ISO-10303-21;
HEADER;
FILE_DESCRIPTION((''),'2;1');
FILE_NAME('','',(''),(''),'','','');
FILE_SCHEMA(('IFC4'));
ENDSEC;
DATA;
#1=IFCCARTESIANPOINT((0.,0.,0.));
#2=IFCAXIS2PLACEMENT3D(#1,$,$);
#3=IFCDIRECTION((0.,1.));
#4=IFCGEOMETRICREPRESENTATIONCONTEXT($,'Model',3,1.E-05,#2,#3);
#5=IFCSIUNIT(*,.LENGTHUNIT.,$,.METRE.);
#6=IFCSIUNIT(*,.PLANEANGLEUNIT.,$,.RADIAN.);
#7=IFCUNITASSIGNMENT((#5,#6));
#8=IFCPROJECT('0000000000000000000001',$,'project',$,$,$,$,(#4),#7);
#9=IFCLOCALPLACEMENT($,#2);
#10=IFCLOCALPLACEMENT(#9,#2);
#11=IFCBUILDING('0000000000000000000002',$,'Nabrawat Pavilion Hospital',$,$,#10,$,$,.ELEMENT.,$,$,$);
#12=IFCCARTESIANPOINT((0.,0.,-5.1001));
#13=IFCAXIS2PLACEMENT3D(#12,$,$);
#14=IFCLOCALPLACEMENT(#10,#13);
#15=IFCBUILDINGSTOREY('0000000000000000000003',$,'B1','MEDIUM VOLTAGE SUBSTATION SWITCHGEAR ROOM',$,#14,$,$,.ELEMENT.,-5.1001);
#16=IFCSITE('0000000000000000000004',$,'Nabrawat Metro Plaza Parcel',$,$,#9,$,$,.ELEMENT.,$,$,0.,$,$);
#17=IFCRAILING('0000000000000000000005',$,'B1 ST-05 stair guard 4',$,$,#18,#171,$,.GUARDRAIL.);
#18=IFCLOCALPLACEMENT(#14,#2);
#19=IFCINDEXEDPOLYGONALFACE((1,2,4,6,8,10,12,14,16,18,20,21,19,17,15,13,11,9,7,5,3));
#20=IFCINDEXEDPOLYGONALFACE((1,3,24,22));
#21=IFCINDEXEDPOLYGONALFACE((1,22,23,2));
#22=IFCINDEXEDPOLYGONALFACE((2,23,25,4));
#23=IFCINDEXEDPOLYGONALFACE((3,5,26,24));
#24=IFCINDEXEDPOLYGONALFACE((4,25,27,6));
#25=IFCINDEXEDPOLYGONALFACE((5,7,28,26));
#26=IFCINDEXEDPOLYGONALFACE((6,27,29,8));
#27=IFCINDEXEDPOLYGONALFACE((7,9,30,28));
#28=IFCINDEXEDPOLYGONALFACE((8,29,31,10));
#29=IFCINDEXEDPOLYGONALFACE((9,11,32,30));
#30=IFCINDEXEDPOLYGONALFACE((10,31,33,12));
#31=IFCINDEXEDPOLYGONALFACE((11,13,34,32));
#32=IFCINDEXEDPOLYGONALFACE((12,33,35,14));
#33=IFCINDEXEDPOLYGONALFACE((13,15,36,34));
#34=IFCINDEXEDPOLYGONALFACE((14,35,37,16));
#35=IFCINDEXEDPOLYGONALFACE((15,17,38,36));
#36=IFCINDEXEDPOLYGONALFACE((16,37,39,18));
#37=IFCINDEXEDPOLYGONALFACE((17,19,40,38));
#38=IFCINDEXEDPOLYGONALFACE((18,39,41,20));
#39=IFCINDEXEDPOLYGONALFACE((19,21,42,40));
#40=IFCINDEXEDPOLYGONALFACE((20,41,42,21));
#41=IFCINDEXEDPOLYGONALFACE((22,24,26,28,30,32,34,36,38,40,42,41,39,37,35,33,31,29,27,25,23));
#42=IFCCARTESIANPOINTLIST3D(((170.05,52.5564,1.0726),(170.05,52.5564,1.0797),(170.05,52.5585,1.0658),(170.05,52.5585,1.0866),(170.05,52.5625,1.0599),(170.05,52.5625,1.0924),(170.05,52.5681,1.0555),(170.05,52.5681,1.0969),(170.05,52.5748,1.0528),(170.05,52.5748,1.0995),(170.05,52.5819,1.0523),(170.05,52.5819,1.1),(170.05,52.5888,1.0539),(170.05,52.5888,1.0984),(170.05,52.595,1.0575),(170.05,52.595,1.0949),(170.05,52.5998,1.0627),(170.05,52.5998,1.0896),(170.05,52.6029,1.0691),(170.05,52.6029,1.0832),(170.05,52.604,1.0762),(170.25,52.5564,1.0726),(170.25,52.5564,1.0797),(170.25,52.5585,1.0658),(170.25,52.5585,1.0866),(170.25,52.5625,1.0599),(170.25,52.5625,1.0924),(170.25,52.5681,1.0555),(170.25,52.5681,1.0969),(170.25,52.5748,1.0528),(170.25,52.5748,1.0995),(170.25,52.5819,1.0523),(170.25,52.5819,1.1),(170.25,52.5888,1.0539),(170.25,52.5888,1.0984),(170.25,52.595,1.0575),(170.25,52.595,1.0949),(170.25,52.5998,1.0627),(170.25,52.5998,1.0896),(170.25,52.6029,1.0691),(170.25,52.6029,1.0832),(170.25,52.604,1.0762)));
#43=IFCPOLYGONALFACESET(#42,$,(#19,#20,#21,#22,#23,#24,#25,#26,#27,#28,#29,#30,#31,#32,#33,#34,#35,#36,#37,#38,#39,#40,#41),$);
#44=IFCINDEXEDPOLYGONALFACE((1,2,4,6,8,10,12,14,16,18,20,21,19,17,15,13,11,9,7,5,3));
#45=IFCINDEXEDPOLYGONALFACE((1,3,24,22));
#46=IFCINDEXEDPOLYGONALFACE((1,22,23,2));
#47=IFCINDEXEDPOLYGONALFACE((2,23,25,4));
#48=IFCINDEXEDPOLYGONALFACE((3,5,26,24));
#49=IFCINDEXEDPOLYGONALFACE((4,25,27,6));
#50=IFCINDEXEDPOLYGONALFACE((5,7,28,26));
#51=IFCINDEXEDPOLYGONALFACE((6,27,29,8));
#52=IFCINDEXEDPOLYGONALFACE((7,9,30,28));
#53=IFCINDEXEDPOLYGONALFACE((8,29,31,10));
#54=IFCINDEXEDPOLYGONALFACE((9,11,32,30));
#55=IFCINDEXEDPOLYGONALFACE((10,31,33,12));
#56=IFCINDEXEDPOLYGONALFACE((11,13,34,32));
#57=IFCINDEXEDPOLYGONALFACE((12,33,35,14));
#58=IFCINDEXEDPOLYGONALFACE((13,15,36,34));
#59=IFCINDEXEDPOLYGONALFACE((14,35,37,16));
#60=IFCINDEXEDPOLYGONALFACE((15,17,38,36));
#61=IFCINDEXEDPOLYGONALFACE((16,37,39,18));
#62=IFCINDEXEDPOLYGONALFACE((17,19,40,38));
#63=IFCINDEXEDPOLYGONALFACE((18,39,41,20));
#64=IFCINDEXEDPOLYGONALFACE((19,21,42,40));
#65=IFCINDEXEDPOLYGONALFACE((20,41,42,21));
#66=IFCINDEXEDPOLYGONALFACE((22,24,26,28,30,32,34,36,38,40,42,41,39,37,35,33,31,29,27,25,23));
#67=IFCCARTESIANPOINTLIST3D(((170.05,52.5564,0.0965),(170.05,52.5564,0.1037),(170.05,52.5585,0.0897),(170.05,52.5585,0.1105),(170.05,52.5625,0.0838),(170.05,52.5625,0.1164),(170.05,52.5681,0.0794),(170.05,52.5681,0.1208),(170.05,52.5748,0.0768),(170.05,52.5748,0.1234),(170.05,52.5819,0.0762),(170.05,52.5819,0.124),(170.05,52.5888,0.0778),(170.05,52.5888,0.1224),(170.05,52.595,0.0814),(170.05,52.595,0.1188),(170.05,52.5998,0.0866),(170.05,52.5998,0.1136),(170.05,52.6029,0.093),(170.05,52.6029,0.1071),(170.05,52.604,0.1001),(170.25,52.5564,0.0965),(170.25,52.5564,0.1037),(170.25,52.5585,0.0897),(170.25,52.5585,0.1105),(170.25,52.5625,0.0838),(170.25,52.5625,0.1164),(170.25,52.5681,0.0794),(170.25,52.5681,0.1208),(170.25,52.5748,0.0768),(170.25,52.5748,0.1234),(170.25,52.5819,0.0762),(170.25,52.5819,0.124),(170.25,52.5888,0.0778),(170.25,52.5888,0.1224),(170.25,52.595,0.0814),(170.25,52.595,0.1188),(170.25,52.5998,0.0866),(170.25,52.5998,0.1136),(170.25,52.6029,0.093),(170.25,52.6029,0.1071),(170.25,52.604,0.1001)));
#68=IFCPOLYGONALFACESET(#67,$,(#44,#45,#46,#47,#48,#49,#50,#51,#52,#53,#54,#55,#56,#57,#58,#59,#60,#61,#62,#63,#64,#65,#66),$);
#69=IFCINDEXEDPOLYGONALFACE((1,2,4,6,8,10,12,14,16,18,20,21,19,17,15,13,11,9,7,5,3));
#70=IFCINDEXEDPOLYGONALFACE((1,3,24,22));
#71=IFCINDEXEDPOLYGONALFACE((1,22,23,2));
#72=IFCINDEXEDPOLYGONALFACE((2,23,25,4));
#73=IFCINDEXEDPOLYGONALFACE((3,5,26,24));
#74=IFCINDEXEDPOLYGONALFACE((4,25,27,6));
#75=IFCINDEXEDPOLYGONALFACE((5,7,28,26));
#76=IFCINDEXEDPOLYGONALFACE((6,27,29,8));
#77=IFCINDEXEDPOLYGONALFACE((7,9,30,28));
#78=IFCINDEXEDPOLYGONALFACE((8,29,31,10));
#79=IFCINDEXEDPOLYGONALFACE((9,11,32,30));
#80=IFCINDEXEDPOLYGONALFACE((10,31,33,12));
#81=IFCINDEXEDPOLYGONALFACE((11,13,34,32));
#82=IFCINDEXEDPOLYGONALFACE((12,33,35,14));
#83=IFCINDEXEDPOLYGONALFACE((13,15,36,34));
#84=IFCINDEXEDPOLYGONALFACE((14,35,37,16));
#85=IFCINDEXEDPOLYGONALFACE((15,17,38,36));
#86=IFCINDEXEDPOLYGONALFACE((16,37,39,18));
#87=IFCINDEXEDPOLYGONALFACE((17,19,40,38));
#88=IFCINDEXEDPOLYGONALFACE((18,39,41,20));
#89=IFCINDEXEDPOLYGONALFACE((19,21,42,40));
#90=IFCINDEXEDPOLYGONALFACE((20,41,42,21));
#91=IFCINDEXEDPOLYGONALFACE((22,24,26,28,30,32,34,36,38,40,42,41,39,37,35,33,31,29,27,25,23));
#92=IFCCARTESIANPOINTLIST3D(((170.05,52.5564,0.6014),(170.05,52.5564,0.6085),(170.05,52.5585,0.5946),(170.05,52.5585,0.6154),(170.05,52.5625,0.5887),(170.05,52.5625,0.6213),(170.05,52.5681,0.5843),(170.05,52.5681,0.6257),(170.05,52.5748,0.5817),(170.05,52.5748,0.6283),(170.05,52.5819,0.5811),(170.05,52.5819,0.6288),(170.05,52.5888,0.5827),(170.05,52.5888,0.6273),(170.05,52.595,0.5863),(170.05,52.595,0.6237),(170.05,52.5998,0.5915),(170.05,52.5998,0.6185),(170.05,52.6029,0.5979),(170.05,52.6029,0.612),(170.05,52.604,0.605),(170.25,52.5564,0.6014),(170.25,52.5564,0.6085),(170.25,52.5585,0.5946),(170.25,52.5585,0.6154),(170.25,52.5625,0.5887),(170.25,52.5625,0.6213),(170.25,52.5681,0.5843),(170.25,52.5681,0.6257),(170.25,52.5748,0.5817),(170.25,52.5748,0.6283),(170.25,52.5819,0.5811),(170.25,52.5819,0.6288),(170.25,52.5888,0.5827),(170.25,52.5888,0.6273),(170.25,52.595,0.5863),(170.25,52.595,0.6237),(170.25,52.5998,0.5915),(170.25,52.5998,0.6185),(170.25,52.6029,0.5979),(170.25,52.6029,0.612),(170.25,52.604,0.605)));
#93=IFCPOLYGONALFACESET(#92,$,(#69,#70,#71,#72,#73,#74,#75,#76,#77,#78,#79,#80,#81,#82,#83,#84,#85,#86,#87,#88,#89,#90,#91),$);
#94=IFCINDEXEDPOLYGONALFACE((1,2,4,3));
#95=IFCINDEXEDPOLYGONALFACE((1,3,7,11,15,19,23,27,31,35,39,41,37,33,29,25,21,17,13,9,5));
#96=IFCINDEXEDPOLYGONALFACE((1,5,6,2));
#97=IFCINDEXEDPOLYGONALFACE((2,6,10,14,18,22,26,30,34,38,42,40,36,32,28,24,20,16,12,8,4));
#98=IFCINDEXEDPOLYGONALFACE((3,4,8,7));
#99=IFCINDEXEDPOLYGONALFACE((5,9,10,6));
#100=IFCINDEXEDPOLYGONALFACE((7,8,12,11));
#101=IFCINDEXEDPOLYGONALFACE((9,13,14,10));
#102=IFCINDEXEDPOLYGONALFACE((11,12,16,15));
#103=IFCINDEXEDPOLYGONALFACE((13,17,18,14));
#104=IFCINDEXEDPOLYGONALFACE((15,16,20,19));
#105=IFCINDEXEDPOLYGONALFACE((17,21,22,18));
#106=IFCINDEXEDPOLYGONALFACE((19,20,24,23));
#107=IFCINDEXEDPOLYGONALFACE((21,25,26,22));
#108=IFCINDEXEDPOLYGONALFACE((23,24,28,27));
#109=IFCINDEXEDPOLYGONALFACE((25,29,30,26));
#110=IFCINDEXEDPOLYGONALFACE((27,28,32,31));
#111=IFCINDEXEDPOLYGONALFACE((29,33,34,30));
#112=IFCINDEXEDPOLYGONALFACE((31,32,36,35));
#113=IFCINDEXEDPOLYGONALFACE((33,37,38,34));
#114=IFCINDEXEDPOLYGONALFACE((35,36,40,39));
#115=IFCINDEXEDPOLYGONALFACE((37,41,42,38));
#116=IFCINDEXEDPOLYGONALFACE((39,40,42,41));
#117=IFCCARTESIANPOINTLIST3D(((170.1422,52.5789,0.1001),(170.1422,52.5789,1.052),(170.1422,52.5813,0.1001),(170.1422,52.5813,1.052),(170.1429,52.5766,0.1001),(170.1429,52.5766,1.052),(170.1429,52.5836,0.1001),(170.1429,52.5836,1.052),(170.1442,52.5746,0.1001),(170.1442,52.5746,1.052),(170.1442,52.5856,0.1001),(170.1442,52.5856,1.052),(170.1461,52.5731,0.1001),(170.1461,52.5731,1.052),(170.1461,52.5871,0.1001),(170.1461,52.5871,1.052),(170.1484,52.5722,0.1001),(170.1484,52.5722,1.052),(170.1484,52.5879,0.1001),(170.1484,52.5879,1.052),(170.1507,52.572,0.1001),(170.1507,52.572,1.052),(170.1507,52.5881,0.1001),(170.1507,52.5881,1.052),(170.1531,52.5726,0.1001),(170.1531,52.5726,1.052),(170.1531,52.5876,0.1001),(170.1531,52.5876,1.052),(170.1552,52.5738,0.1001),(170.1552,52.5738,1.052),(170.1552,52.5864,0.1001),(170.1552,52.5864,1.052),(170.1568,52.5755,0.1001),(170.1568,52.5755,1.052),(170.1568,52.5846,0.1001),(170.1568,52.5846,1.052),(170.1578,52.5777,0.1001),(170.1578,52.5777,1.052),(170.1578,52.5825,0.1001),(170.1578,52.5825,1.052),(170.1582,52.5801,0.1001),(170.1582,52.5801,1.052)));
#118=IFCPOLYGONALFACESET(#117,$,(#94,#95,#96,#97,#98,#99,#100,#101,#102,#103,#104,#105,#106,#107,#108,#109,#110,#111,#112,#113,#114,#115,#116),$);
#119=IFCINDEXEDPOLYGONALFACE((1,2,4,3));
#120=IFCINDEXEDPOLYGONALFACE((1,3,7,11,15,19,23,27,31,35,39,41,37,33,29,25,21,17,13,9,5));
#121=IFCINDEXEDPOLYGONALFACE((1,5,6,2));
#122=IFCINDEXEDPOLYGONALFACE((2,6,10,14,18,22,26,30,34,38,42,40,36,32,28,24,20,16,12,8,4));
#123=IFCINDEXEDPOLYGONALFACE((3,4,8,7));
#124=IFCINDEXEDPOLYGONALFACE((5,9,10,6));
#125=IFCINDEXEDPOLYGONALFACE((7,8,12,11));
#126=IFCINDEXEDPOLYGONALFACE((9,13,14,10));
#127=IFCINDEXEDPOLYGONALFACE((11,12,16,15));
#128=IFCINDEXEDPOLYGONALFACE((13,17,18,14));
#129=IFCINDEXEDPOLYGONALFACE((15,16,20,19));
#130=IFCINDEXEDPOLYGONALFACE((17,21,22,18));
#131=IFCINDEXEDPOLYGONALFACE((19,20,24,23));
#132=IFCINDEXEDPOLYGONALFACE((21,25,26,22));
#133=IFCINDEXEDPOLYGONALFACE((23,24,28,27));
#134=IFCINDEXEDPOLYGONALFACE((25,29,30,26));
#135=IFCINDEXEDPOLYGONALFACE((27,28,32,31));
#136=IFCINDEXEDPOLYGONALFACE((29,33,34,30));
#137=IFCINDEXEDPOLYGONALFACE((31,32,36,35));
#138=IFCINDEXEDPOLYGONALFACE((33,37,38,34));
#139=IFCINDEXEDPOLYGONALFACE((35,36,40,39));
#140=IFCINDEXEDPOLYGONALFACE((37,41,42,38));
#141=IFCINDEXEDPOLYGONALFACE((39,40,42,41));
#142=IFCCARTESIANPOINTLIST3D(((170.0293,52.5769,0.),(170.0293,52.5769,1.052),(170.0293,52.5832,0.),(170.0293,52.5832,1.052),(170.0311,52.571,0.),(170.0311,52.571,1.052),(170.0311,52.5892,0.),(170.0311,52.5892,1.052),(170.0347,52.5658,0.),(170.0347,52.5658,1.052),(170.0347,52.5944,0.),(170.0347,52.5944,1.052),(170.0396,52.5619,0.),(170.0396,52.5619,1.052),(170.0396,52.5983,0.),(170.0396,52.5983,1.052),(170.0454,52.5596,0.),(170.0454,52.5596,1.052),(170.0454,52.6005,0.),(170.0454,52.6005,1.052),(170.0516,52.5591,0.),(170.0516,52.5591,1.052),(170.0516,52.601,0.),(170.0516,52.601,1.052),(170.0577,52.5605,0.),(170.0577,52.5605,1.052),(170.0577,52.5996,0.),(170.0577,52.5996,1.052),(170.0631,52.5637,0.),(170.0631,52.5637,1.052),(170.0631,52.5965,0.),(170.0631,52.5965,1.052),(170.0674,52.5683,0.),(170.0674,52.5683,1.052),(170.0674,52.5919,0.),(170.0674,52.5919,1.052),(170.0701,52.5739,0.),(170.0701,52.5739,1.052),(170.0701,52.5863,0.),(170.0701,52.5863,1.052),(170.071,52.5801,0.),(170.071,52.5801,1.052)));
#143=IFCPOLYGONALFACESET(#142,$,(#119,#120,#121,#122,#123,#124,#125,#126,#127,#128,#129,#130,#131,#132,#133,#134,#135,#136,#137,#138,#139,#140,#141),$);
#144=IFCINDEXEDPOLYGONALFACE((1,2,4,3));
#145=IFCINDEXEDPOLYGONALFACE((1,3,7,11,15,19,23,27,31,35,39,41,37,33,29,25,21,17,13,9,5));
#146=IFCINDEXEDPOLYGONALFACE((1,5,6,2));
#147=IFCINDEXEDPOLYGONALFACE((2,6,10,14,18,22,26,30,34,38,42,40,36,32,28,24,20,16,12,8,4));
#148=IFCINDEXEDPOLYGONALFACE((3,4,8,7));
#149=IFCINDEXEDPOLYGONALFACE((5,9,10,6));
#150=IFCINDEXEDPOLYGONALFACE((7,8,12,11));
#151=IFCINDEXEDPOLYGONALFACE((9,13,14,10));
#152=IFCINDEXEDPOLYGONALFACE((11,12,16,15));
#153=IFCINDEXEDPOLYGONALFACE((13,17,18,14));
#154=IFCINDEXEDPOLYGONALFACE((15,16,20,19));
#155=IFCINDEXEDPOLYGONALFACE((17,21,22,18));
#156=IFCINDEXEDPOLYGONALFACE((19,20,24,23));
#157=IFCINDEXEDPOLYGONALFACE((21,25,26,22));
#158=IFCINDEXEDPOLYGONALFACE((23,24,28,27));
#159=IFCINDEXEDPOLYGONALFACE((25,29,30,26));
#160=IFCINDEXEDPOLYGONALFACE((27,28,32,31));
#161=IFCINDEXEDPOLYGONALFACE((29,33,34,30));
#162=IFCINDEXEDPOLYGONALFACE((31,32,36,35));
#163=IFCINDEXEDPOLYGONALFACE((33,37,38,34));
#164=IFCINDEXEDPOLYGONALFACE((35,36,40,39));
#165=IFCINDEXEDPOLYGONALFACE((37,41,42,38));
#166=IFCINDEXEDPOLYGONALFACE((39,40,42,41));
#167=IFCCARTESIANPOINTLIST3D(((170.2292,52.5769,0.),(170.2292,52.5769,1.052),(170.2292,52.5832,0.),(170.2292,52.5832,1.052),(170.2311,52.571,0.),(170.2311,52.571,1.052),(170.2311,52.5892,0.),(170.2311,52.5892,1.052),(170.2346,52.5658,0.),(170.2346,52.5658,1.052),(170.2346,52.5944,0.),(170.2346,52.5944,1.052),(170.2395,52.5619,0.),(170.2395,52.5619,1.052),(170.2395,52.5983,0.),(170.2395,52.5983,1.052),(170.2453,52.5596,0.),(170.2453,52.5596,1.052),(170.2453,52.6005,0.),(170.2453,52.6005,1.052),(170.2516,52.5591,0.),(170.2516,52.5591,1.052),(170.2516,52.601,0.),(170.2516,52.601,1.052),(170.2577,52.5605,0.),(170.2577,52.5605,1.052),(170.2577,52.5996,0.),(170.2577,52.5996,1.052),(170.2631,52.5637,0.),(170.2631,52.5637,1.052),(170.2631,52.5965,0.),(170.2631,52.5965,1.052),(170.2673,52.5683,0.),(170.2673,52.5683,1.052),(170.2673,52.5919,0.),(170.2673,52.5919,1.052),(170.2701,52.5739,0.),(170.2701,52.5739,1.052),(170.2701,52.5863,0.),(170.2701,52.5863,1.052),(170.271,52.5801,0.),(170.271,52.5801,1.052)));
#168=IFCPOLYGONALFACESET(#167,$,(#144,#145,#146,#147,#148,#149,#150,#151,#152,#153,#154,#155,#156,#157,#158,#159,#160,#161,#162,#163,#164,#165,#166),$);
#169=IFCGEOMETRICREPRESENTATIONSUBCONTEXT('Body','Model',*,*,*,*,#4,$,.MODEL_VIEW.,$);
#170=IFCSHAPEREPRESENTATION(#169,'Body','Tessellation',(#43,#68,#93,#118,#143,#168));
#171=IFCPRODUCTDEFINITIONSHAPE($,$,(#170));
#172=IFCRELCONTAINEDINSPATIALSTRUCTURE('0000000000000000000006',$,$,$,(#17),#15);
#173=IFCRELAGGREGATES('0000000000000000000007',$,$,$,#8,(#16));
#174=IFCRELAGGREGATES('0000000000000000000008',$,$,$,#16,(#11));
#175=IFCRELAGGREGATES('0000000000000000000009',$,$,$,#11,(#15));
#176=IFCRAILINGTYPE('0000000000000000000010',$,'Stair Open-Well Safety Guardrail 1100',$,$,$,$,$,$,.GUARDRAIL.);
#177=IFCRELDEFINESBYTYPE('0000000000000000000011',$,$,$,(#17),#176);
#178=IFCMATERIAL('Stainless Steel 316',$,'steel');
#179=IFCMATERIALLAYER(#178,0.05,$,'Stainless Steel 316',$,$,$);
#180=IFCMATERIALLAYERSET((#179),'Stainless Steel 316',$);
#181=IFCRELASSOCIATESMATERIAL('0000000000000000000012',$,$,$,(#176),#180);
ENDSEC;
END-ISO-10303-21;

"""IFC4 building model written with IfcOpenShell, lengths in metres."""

from ifc_helpers import new_model, si_unit, direction, frame, origin, origin_2d, place, context, subcontext, project, spatial, circle, extrude, material, layer, layer_set, type_object, element, save


model = new_model("IFC4")

# Units and contexts
model_context = context("Model", 3, precision=1e-05, world=origin(), true_north=direction((0.0, 1.0)))
body_context = subcontext(model_context, "Body", "Model", "MODEL_VIEW")
ifc_project = project(units=[si_unit("LENGTHUNIT", "METRE"), si_unit("PLANEANGLEUNIT", "RADIAN")], contexts=[model_context])

# Site, building, storey
site_placement = place(None, origin())
site = spatial("IfcSite", under=ifc_project, at=site_placement, Name="Nabrawat Metro Plaza Parcel", CompositionType="ELEMENT", RefElevation=0.0)
building_placement = place(site_placement, origin())
building = spatial("IfcBuilding", under=site, at=building_placement, Name="Nabrawat Pavilion Hospital", CompositionType="ELEMENT")
storey_placement = place(building_placement, frame((0.0, 0.0, -5.1001)))
storey = spatial("IfcBuildingStorey", under=building, at=storey_placement, Name="B1", Description="MEDIUM VOLTAGE SUBSTATION SWITCHGEAR ROOM", CompositionType="ELEMENT", Elevation=-5.1001)

# Railing
ifc_material_1 = material(Name="Stainless Steel 316", Category="steel")
ifc_layer_1 = layer(ifc_material_1, 0.05, Name="Stainless Steel 316")
ifc_layer_set_1 = layer_set([ifc_layer_1], Name="Stainless Steel 316")
railing_type_1 = type_object("IfcRailingType", Name="Stair Open-Well Safety Guardrail 1100", PredefinedType="GUARDRAIL", material=ifc_layer_set_1)
railing_1_placement = place(storey_placement, frame((170.05, 52.5801, 0.0)))
element("IfcRailing", 1, at=railing_1_placement, inside=storey, type_object=railing_type_1, Name="B1 ST-05 stair guard 4", PredefinedType="GUARDRAIL", context=body_context, shape_type="SweptSolid", body=[
    extrude(circle(Radius=0.0239, at=origin_2d()), frame((0.0, 0.0, 1.0762), z_axis=(1.0, 0.0, 0.0), x_axis=(0.0, 1.0, 0.0)), (0.0, 0.0, 1.0), 0.2),
    extrude(circle(Radius=0.0239, at=origin_2d()), frame((0.0, 0.0, 0.1001), z_axis=(1.0, 0.0, 0.0), x_axis=(0.0, 1.0, 0.0)), (0.0, 0.0, 1.0), 0.2),
    extrude(circle(Radius=0.0239, at=origin_2d()), frame((0.0, 0.0, 0.605), z_axis=(1.0, 0.0, 0.0), x_axis=(0.0, 1.0, 0.0)), (0.0, 0.0, 1.0), 0.2),
    extrude(circle(Radius=0.0081, at=origin_2d()), frame((0.1001, 0.0, 0.1001)), (0.0, 0.0, 1.0), 0.9519),
    extrude(circle(Radius=0.021, at=origin_2d()), origin(), (0.0, 0.0, 1.0), 1.052),
    extrude(circle(Radius=0.021, at=origin_2d()), frame((0.2, 0.0, 0.0)), (0.0, 0.0, 1.0), 1.052),
])

save(model, "model.ifc")
